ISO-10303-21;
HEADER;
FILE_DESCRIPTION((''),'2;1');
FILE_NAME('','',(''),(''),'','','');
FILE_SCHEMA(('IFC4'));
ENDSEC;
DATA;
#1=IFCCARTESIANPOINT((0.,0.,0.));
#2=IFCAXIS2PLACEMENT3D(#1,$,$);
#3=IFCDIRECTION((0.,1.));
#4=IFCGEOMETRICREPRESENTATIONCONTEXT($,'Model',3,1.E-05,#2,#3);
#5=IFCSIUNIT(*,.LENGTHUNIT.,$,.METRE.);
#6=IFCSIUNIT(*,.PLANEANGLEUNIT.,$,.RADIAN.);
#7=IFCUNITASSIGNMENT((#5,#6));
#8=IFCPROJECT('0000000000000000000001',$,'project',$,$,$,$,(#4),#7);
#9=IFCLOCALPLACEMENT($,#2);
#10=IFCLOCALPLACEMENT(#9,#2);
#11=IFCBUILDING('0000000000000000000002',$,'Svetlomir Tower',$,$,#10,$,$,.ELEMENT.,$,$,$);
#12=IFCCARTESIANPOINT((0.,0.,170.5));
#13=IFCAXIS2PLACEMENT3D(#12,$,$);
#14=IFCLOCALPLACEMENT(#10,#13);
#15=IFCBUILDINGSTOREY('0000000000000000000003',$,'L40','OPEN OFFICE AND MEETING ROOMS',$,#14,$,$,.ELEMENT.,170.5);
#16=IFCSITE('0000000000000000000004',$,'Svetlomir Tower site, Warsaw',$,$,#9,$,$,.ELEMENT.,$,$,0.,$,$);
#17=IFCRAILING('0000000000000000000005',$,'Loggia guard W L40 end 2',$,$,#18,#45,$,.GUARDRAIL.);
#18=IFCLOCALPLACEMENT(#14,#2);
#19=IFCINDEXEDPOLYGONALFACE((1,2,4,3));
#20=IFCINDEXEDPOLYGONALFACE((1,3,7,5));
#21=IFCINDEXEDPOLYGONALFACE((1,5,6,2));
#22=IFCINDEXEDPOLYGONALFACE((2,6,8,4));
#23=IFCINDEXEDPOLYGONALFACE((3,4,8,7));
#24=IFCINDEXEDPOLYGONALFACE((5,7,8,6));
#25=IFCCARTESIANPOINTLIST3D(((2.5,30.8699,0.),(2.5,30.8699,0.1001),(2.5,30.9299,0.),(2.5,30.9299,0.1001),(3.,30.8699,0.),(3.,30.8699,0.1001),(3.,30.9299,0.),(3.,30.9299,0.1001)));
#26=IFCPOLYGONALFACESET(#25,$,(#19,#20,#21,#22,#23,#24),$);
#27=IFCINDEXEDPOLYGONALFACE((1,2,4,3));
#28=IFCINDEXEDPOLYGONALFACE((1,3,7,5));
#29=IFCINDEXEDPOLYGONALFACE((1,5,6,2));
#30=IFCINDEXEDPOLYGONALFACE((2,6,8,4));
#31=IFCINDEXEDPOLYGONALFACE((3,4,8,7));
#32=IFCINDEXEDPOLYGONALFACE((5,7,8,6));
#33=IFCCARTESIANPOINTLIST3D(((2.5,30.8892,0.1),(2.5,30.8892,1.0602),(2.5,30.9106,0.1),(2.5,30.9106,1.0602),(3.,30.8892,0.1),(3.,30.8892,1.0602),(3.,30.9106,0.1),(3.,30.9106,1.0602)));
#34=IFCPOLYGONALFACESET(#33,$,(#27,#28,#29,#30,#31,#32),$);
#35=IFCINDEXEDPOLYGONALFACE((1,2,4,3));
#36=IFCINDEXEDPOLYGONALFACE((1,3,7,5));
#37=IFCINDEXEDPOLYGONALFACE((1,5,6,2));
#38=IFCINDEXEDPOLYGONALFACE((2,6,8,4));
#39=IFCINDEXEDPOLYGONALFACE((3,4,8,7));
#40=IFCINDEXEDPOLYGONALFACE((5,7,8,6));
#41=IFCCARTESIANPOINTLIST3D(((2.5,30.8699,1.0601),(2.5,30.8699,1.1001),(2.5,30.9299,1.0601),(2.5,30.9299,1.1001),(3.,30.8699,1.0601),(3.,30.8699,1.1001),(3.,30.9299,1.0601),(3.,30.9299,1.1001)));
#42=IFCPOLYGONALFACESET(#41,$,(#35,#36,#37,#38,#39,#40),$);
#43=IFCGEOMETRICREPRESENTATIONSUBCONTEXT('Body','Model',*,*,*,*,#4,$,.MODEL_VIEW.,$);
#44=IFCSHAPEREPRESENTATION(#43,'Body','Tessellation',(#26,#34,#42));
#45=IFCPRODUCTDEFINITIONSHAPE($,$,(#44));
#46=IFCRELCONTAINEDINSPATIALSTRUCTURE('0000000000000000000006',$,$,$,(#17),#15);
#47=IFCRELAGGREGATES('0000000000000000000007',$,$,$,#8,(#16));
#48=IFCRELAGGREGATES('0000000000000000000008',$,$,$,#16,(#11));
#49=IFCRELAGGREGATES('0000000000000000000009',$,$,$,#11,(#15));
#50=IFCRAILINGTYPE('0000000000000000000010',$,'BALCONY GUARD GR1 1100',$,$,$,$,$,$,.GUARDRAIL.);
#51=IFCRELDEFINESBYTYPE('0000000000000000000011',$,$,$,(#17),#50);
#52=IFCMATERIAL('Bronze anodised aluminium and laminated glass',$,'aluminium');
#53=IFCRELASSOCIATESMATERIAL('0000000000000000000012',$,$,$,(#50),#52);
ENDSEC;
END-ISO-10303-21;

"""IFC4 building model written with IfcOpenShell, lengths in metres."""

from ifc_helpers import new_model, si_unit, direction, frame, origin, origin_2d, place, context, subcontext, project, spatial, rectangle, extrude, material, type_object, element, save


model = new_model("IFC4")

# Units and contexts
model_context = context("Model", 3, precision=1e-05, world=origin(), true_north=direction((0.0, 1.0)))
body_context = subcontext(model_context, "Body", "Model", "MODEL_VIEW")
ifc_project = project(units=[si_unit("LENGTHUNIT", "METRE"), si_unit("PLANEANGLEUNIT", "RADIAN")], contexts=[model_context])

# Site, building, storey
site_placement = place(None, origin())
site = spatial("IfcSite", under=ifc_project, at=site_placement, Name="Svetlomir Tower site, Warsaw", CompositionType="ELEMENT", RefElevation=0.0)
building_placement = place(site_placement, origin())
building = spatial("IfcBuilding", under=site, at=building_placement, Name="Svetlomir Tower", CompositionType="ELEMENT")
storey_placement = place(building_placement, frame((0.0, 0.0, 170.5)))
storey = spatial("IfcBuildingStorey", under=building, at=storey_placement, Name="L40", Description="OPEN OFFICE AND MEETING ROOMS", CompositionType="ELEMENT", Elevation=170.5)

# Railing
ifc_material_1 = material(Name="Bronze anodised aluminium and laminated glass", Category="aluminium")
railing_type = type_object("IfcRailingType", Name="BALCONY GUARD GR1 1100", PredefinedType="GUARDRAIL", material=ifc_material_1)
railing_1_placement = place(storey_placement, frame((2.5, 30.8999, 0.0)))
element("IfcRailing", 1, at=railing_1_placement, inside=storey, type_object=railing_type, Name="Loggia guard W L40 end 2", PredefinedType="GUARDRAIL", context=body_context, shape_type="SweptSolid", body=[
    extrude(rectangle(XDim=0.0601, YDim=0.1001, at=origin_2d()), frame((0.0, 0.0, 0.05), z_axis=(1.0, 0.0, 0.0), x_axis=(0.0, 1.0, 0.0)), (0.0, 0.0, 1.0), 0.5),
    extrude(rectangle(XDim=0.0215, YDim=0.9602, at=origin_2d()), frame((0.0, 0.0, 0.5801), z_axis=(1.0, 0.0, 0.0), x_axis=(0.0, 1.0, 0.0)), (0.0, 0.0, 1.0), 0.5),
    extrude(rectangle(XDim=0.0601, YDim=0.04, at=origin_2d()), frame((0.0, 0.0, 1.0801), z_axis=(1.0, 0.0, 0.0), x_axis=(0.0, 1.0, 0.0)), (0.0, 0.0, 1.0), 0.5),
])

save(model, "model.ifc")
